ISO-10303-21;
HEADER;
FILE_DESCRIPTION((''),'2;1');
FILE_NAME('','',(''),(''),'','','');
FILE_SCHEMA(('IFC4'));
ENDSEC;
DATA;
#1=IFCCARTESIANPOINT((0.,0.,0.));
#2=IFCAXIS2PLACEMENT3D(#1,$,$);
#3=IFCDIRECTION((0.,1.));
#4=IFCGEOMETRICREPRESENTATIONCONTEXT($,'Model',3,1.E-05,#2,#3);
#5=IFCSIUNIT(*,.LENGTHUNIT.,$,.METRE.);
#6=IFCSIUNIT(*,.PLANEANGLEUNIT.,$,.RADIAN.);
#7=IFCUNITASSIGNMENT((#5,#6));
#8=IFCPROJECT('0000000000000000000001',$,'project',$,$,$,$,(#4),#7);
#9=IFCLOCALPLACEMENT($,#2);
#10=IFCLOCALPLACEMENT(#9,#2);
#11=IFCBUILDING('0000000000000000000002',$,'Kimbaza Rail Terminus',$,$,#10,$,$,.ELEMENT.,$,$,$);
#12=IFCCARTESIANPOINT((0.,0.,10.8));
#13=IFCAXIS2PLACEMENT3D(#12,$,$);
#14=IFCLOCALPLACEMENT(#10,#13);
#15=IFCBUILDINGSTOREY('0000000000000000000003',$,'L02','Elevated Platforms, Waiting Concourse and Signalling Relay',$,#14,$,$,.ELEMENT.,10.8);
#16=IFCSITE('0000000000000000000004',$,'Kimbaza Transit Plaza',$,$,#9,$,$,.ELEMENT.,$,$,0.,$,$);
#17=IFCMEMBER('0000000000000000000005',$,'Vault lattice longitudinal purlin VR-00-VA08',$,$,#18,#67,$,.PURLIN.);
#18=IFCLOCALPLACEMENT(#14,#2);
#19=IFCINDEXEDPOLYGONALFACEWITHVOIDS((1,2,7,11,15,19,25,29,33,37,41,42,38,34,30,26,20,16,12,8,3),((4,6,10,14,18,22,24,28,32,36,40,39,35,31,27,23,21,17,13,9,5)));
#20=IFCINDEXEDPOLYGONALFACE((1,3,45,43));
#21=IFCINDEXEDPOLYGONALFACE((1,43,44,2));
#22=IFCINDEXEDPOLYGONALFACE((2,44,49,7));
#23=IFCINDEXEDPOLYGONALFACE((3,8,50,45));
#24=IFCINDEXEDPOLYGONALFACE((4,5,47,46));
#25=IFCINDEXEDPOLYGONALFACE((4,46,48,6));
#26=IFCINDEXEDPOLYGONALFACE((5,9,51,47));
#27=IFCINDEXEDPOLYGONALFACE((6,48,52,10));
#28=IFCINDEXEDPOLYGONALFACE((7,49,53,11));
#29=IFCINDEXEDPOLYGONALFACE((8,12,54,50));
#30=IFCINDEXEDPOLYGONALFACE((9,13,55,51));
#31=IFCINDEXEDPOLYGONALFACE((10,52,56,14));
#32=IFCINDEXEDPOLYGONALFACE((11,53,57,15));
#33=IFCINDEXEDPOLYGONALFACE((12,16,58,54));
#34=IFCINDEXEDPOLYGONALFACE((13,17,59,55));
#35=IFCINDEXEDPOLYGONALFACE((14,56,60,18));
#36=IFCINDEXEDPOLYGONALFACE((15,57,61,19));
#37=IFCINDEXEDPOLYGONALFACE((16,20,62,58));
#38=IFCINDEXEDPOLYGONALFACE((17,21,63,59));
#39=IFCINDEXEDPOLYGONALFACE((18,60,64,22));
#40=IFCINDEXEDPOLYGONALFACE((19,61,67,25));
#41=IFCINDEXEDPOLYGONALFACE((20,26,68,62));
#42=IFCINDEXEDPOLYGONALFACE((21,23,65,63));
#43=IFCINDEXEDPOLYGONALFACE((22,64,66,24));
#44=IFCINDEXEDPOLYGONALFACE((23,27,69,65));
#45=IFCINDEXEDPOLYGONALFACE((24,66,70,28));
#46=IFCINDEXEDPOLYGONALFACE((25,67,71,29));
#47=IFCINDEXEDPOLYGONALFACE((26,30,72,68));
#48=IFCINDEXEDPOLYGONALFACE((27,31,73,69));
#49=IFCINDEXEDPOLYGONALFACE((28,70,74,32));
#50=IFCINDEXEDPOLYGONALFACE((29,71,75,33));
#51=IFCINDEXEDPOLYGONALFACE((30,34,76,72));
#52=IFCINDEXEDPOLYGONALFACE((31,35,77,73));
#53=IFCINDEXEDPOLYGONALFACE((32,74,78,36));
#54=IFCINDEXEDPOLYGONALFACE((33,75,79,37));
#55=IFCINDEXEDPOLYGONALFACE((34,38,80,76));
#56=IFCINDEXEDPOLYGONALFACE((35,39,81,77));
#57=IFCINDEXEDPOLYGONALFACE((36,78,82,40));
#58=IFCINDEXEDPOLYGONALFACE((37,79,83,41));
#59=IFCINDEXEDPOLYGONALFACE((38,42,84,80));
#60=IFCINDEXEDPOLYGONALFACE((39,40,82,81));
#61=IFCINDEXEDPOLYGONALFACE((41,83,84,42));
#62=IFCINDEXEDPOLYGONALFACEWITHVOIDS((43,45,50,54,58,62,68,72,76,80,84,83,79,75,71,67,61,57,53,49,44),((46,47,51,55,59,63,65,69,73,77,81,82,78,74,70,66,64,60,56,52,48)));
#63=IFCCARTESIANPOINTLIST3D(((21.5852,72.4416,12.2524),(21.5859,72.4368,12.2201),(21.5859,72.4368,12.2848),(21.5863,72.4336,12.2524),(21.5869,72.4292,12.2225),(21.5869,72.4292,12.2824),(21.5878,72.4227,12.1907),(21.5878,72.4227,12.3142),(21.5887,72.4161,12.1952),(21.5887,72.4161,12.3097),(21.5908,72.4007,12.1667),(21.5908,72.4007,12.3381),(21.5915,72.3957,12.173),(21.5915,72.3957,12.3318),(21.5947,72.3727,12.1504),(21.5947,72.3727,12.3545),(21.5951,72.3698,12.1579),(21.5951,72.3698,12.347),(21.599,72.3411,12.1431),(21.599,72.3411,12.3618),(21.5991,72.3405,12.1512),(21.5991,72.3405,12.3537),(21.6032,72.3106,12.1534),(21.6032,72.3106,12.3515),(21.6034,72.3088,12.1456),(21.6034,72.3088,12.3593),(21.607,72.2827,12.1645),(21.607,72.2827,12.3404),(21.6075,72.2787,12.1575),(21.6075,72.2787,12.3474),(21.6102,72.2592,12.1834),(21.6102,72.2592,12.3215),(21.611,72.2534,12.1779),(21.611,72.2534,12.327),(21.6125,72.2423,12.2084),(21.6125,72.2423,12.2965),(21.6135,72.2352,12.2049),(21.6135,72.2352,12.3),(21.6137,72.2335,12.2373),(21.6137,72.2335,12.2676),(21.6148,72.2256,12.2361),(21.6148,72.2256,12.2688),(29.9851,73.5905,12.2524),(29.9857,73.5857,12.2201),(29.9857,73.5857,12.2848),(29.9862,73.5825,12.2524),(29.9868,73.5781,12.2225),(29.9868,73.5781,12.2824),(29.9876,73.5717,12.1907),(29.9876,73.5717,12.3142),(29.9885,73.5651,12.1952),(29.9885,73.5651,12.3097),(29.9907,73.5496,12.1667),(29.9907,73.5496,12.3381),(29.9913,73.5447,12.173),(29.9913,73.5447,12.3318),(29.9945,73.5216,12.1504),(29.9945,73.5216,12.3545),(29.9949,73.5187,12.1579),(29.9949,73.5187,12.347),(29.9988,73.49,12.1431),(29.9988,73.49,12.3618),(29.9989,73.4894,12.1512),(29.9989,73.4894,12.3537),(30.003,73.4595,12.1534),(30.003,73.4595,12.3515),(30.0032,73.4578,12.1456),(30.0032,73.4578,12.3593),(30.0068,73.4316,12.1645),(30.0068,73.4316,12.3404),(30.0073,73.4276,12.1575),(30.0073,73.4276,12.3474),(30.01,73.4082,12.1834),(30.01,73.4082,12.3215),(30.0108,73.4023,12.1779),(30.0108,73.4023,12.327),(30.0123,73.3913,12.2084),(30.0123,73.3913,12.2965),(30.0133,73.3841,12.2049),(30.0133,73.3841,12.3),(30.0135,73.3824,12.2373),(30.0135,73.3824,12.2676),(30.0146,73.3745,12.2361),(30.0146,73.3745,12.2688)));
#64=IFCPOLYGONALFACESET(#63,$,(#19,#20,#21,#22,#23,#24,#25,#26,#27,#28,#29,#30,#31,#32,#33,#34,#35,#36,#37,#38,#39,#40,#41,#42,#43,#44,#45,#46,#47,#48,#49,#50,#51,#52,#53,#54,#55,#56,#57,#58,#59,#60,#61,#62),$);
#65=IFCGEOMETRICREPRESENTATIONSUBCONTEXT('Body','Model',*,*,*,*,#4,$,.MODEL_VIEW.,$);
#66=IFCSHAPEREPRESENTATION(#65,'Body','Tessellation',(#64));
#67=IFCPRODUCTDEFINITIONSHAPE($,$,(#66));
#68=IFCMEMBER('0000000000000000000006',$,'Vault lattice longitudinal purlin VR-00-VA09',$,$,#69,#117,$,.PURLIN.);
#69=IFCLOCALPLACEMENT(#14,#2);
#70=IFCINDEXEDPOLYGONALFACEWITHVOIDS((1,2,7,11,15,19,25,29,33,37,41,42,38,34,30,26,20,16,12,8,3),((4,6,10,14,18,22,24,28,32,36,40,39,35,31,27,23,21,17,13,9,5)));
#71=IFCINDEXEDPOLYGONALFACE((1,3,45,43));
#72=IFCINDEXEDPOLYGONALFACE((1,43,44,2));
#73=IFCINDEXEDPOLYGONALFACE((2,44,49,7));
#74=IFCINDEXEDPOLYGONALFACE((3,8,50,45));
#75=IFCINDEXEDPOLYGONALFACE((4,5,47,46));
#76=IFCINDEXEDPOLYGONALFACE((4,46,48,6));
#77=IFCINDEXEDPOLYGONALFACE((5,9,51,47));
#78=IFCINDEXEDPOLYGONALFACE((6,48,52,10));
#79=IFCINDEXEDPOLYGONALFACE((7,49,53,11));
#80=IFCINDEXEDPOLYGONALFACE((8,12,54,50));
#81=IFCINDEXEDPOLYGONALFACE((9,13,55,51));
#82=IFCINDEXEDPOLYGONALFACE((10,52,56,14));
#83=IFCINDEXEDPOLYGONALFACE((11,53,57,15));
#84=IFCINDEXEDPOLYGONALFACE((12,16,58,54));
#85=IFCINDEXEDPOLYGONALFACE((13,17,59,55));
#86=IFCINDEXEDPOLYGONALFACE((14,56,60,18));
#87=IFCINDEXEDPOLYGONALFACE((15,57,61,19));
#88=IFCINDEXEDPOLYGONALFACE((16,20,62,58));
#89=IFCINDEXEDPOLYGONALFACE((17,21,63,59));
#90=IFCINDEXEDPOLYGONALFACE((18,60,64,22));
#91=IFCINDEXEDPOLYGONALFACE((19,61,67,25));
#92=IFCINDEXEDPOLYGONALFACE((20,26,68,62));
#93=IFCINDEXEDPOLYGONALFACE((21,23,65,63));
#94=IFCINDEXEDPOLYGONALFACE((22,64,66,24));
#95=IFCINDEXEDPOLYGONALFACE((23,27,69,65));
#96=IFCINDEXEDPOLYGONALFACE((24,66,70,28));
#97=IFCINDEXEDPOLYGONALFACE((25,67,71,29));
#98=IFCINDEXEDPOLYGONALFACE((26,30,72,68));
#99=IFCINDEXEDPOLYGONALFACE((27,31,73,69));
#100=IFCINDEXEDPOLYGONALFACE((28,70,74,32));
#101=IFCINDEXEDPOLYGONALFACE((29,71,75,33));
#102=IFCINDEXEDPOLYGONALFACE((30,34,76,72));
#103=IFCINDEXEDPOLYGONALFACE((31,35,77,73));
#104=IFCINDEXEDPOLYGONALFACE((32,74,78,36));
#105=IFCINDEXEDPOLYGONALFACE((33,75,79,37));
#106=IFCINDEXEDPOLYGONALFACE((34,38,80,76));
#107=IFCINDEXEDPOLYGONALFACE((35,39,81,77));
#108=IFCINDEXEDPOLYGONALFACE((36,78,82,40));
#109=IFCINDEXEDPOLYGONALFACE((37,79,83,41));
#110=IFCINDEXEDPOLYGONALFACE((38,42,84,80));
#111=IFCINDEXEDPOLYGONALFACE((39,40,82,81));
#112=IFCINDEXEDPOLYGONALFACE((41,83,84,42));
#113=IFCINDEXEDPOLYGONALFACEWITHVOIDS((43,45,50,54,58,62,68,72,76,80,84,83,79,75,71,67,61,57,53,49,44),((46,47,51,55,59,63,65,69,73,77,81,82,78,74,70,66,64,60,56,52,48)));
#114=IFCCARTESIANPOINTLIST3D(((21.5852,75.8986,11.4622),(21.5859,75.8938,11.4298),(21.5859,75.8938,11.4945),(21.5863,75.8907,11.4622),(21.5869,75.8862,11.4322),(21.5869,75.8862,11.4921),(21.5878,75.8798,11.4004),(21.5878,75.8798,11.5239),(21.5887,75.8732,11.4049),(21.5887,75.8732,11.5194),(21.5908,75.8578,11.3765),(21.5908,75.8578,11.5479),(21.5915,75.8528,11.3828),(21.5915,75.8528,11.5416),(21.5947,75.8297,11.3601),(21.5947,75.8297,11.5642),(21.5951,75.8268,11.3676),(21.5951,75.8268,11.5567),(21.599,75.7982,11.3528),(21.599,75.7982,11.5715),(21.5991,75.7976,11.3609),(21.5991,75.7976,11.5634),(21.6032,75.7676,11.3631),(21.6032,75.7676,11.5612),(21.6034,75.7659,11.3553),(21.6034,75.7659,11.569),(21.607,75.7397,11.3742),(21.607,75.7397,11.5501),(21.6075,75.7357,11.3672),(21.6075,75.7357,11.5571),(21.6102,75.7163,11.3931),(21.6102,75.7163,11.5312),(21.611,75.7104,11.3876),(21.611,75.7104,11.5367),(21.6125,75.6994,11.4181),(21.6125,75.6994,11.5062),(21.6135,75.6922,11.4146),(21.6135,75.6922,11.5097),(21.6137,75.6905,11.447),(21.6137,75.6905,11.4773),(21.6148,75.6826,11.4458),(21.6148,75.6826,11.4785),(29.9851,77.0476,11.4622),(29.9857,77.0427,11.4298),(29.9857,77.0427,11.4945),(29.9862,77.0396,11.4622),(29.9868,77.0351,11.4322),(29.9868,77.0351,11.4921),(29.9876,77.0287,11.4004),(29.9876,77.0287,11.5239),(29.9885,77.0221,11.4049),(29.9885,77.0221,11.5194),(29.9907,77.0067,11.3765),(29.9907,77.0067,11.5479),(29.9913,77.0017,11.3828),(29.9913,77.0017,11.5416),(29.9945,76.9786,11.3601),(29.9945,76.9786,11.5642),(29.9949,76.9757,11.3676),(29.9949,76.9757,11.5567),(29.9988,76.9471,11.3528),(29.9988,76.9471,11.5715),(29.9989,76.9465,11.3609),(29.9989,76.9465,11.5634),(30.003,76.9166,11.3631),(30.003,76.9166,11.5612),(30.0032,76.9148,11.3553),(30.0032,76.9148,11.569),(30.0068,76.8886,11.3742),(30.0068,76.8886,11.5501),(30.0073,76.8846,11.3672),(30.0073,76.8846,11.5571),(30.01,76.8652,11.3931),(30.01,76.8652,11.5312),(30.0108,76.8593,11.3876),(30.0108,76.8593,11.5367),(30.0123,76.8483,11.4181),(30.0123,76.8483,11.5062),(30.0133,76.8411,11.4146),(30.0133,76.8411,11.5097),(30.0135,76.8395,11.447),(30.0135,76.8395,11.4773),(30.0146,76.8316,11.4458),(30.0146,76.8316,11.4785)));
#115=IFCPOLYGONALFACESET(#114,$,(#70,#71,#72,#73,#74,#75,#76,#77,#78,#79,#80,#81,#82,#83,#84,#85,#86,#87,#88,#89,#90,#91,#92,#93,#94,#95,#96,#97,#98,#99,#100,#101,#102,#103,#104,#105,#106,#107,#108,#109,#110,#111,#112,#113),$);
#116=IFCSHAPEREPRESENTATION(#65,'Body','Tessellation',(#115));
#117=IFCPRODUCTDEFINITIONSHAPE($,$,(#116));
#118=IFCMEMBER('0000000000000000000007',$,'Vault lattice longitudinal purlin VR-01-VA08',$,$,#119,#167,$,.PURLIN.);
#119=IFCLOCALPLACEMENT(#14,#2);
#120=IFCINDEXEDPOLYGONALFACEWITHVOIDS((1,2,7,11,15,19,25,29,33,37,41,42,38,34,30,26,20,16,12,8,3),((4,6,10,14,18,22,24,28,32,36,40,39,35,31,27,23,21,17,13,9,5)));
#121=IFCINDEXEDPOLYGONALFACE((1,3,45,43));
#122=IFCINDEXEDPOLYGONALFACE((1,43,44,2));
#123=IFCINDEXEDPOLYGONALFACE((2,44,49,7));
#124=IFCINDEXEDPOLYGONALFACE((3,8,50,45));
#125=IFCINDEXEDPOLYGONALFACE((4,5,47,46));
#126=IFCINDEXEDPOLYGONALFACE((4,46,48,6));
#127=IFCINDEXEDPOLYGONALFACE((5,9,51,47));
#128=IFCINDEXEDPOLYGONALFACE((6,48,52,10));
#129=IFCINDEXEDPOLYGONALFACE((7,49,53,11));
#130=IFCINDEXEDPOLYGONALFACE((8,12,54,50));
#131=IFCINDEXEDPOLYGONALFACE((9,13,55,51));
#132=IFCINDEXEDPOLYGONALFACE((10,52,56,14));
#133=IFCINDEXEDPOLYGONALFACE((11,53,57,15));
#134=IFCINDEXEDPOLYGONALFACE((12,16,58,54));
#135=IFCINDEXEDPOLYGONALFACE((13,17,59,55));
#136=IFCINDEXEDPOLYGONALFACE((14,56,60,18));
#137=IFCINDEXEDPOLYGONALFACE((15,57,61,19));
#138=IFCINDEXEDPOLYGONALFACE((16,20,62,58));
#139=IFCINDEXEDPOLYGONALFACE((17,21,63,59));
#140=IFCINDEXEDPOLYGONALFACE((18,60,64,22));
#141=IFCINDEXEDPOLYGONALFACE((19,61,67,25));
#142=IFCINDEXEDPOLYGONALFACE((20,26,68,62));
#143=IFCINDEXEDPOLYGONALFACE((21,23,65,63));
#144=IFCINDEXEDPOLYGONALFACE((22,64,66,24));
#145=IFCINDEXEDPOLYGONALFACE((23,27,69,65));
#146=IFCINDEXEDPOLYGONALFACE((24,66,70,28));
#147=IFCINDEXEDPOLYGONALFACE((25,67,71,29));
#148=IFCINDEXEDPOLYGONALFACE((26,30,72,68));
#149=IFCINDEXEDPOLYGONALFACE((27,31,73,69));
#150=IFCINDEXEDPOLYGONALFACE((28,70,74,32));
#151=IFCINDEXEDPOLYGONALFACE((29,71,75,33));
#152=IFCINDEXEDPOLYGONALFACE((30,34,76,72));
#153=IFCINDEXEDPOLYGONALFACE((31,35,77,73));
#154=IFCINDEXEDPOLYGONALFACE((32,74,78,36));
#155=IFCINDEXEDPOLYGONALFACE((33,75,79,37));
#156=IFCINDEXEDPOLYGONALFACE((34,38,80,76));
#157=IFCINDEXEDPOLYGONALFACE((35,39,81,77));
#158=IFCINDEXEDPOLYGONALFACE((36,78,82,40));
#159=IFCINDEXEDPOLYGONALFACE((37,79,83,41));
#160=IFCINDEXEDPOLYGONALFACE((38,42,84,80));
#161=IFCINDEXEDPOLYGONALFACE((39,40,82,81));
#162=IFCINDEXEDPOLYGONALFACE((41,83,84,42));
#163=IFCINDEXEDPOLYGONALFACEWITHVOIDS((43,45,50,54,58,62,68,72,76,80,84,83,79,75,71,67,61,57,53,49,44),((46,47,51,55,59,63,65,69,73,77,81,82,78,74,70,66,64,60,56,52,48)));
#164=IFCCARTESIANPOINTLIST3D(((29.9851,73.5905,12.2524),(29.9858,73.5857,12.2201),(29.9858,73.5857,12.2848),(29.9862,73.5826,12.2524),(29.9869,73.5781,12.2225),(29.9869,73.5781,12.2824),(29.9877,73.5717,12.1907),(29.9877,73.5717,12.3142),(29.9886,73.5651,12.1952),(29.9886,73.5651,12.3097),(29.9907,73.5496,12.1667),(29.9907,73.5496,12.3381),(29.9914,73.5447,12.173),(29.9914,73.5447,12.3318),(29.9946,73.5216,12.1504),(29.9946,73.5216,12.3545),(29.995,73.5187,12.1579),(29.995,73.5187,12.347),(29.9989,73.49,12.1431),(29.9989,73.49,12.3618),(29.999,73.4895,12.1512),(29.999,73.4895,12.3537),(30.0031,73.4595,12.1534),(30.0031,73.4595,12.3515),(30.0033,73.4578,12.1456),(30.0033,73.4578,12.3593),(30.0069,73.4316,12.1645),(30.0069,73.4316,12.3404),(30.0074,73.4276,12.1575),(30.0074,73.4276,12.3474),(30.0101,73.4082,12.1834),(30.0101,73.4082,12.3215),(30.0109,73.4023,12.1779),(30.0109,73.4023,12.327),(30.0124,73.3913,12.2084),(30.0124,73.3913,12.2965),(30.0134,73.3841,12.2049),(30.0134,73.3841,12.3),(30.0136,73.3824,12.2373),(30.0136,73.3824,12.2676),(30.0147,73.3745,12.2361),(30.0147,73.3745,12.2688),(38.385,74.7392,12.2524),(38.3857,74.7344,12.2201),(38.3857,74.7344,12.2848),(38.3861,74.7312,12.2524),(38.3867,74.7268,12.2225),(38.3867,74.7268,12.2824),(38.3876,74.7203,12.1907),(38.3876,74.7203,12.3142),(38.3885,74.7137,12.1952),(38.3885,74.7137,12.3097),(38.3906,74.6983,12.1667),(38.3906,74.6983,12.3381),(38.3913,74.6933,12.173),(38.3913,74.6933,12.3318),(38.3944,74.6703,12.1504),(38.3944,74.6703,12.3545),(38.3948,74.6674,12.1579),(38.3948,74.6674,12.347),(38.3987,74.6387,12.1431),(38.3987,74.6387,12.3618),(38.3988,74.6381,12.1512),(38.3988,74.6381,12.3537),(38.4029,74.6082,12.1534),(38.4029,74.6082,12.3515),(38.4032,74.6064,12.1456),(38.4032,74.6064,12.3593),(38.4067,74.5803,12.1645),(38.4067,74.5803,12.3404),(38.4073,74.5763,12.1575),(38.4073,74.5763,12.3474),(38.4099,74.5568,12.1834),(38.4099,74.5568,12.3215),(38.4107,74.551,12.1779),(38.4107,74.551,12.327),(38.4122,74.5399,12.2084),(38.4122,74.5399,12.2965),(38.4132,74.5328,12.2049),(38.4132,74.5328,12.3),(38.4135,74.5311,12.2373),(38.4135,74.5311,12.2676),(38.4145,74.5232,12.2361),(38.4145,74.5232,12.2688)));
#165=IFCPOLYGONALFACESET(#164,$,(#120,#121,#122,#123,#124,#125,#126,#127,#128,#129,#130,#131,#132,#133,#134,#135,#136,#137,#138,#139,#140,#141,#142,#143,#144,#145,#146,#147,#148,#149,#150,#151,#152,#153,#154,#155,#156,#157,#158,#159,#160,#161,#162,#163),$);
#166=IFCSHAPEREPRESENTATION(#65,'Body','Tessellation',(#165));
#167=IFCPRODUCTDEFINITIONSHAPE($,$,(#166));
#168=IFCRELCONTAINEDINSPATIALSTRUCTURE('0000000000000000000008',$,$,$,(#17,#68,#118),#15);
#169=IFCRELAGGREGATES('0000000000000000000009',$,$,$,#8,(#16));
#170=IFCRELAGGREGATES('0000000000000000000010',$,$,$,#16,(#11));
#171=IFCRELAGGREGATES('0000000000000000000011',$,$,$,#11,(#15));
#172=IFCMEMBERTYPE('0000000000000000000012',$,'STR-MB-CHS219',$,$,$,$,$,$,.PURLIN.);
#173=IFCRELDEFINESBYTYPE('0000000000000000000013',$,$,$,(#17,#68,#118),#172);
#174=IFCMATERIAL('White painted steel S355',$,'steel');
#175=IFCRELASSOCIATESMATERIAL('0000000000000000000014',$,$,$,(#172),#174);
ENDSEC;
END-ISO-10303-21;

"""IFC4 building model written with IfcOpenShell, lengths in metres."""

from ifc_helpers import new_model, si_unit, direction, frame, origin, origin_2d, place, context, subcontext, project, spatial, hollow_circle, extrude, material, material_profile, profile_set, type_object, element, save


model = new_model("IFC4")

# Units and contexts
model_context = context("Model", 3, precision=1e-05, world=origin(), true_north=direction((0.0, 1.0)))
body_context = subcontext(model_context, "Body", "Model", "MODEL_VIEW")
ifc_project = project(units=[si_unit("LENGTHUNIT", "METRE"), si_unit("PLANEANGLEUNIT", "RADIAN")], contexts=[model_context])

# Site, building, storey
site_placement = place(None, origin())
site = spatial("IfcSite", under=ifc_project, at=site_placement, Name="Kimbaza Transit Plaza", CompositionType="ELEMENT", RefElevation=0.0)
building_placement = place(site_placement, origin())
building = spatial("IfcBuilding", under=site, at=building_placement, Name="Kimbaza Rail Terminus", CompositionType="ELEMENT")
storey_placement = place(building_placement, frame((0.0, 0.0, 10.8)))
storey = spatial("IfcBuildingStorey", under=building, at=storey_placement, Name="L02", Description="Elevated Platforms, Waiting Concourse and Signalling Relay", CompositionType="ELEMENT", Elevation=10.8)

# Members
ifc_material_1 = material(Name="White painted steel S355", Category="steel")
ifc_material_profile_1 = material_profile(ifc_material_1, hollow_circle(Radius=0.1096, WallThickness=0.0081, at=origin_2d()), Name="CHS 219.1x8")
ifc_profile_set_1 = profile_set([ifc_material_profile_1], Name="White painted steel S355")
member_type_1 = type_object("IfcMemberType", Name="STR-MB-CHS219", PredefinedType="PURLIN", material=ifc_profile_set_1)
for number, where, z_axis, x_axis, name in (
    (1, (21.6001, 72.333, 12.2524), (0.990775, 0.135517, 0.0), (-0.135517, 0.990775, 0.0), "Vault lattice longitudinal purlin VR-00-VA08"),
    (2, (21.6001, 75.79, 11.4622), (0.990775, 0.135517, 0.0), (-0.135517, 0.990775, 0.0), "Vault lattice longitudinal purlin VR-00-VA09"),
    (3, (30.0, 73.4819, 12.2524), (0.990779, 0.135488, 0.0), (-0.135488, 0.990779, 0.0), "Vault lattice longitudinal purlin VR-01-VA08"),
):
    element("IfcMember", number, at=place(storey_placement, frame(where, z_axis=z_axis, x_axis=x_axis)), inside=storey, type_object=member_type_1, Name=name, PredefinedType="PURLIN", context=body_context, shape_type="SweptSolid", body=[
        extrude(hollow_circle(Radius=0.1096, WallThickness=0.0081, at=origin_2d()), origin(), (0.0, 0.0, 1.0), 8.478),
    ])

save(model, "model.ifc")
